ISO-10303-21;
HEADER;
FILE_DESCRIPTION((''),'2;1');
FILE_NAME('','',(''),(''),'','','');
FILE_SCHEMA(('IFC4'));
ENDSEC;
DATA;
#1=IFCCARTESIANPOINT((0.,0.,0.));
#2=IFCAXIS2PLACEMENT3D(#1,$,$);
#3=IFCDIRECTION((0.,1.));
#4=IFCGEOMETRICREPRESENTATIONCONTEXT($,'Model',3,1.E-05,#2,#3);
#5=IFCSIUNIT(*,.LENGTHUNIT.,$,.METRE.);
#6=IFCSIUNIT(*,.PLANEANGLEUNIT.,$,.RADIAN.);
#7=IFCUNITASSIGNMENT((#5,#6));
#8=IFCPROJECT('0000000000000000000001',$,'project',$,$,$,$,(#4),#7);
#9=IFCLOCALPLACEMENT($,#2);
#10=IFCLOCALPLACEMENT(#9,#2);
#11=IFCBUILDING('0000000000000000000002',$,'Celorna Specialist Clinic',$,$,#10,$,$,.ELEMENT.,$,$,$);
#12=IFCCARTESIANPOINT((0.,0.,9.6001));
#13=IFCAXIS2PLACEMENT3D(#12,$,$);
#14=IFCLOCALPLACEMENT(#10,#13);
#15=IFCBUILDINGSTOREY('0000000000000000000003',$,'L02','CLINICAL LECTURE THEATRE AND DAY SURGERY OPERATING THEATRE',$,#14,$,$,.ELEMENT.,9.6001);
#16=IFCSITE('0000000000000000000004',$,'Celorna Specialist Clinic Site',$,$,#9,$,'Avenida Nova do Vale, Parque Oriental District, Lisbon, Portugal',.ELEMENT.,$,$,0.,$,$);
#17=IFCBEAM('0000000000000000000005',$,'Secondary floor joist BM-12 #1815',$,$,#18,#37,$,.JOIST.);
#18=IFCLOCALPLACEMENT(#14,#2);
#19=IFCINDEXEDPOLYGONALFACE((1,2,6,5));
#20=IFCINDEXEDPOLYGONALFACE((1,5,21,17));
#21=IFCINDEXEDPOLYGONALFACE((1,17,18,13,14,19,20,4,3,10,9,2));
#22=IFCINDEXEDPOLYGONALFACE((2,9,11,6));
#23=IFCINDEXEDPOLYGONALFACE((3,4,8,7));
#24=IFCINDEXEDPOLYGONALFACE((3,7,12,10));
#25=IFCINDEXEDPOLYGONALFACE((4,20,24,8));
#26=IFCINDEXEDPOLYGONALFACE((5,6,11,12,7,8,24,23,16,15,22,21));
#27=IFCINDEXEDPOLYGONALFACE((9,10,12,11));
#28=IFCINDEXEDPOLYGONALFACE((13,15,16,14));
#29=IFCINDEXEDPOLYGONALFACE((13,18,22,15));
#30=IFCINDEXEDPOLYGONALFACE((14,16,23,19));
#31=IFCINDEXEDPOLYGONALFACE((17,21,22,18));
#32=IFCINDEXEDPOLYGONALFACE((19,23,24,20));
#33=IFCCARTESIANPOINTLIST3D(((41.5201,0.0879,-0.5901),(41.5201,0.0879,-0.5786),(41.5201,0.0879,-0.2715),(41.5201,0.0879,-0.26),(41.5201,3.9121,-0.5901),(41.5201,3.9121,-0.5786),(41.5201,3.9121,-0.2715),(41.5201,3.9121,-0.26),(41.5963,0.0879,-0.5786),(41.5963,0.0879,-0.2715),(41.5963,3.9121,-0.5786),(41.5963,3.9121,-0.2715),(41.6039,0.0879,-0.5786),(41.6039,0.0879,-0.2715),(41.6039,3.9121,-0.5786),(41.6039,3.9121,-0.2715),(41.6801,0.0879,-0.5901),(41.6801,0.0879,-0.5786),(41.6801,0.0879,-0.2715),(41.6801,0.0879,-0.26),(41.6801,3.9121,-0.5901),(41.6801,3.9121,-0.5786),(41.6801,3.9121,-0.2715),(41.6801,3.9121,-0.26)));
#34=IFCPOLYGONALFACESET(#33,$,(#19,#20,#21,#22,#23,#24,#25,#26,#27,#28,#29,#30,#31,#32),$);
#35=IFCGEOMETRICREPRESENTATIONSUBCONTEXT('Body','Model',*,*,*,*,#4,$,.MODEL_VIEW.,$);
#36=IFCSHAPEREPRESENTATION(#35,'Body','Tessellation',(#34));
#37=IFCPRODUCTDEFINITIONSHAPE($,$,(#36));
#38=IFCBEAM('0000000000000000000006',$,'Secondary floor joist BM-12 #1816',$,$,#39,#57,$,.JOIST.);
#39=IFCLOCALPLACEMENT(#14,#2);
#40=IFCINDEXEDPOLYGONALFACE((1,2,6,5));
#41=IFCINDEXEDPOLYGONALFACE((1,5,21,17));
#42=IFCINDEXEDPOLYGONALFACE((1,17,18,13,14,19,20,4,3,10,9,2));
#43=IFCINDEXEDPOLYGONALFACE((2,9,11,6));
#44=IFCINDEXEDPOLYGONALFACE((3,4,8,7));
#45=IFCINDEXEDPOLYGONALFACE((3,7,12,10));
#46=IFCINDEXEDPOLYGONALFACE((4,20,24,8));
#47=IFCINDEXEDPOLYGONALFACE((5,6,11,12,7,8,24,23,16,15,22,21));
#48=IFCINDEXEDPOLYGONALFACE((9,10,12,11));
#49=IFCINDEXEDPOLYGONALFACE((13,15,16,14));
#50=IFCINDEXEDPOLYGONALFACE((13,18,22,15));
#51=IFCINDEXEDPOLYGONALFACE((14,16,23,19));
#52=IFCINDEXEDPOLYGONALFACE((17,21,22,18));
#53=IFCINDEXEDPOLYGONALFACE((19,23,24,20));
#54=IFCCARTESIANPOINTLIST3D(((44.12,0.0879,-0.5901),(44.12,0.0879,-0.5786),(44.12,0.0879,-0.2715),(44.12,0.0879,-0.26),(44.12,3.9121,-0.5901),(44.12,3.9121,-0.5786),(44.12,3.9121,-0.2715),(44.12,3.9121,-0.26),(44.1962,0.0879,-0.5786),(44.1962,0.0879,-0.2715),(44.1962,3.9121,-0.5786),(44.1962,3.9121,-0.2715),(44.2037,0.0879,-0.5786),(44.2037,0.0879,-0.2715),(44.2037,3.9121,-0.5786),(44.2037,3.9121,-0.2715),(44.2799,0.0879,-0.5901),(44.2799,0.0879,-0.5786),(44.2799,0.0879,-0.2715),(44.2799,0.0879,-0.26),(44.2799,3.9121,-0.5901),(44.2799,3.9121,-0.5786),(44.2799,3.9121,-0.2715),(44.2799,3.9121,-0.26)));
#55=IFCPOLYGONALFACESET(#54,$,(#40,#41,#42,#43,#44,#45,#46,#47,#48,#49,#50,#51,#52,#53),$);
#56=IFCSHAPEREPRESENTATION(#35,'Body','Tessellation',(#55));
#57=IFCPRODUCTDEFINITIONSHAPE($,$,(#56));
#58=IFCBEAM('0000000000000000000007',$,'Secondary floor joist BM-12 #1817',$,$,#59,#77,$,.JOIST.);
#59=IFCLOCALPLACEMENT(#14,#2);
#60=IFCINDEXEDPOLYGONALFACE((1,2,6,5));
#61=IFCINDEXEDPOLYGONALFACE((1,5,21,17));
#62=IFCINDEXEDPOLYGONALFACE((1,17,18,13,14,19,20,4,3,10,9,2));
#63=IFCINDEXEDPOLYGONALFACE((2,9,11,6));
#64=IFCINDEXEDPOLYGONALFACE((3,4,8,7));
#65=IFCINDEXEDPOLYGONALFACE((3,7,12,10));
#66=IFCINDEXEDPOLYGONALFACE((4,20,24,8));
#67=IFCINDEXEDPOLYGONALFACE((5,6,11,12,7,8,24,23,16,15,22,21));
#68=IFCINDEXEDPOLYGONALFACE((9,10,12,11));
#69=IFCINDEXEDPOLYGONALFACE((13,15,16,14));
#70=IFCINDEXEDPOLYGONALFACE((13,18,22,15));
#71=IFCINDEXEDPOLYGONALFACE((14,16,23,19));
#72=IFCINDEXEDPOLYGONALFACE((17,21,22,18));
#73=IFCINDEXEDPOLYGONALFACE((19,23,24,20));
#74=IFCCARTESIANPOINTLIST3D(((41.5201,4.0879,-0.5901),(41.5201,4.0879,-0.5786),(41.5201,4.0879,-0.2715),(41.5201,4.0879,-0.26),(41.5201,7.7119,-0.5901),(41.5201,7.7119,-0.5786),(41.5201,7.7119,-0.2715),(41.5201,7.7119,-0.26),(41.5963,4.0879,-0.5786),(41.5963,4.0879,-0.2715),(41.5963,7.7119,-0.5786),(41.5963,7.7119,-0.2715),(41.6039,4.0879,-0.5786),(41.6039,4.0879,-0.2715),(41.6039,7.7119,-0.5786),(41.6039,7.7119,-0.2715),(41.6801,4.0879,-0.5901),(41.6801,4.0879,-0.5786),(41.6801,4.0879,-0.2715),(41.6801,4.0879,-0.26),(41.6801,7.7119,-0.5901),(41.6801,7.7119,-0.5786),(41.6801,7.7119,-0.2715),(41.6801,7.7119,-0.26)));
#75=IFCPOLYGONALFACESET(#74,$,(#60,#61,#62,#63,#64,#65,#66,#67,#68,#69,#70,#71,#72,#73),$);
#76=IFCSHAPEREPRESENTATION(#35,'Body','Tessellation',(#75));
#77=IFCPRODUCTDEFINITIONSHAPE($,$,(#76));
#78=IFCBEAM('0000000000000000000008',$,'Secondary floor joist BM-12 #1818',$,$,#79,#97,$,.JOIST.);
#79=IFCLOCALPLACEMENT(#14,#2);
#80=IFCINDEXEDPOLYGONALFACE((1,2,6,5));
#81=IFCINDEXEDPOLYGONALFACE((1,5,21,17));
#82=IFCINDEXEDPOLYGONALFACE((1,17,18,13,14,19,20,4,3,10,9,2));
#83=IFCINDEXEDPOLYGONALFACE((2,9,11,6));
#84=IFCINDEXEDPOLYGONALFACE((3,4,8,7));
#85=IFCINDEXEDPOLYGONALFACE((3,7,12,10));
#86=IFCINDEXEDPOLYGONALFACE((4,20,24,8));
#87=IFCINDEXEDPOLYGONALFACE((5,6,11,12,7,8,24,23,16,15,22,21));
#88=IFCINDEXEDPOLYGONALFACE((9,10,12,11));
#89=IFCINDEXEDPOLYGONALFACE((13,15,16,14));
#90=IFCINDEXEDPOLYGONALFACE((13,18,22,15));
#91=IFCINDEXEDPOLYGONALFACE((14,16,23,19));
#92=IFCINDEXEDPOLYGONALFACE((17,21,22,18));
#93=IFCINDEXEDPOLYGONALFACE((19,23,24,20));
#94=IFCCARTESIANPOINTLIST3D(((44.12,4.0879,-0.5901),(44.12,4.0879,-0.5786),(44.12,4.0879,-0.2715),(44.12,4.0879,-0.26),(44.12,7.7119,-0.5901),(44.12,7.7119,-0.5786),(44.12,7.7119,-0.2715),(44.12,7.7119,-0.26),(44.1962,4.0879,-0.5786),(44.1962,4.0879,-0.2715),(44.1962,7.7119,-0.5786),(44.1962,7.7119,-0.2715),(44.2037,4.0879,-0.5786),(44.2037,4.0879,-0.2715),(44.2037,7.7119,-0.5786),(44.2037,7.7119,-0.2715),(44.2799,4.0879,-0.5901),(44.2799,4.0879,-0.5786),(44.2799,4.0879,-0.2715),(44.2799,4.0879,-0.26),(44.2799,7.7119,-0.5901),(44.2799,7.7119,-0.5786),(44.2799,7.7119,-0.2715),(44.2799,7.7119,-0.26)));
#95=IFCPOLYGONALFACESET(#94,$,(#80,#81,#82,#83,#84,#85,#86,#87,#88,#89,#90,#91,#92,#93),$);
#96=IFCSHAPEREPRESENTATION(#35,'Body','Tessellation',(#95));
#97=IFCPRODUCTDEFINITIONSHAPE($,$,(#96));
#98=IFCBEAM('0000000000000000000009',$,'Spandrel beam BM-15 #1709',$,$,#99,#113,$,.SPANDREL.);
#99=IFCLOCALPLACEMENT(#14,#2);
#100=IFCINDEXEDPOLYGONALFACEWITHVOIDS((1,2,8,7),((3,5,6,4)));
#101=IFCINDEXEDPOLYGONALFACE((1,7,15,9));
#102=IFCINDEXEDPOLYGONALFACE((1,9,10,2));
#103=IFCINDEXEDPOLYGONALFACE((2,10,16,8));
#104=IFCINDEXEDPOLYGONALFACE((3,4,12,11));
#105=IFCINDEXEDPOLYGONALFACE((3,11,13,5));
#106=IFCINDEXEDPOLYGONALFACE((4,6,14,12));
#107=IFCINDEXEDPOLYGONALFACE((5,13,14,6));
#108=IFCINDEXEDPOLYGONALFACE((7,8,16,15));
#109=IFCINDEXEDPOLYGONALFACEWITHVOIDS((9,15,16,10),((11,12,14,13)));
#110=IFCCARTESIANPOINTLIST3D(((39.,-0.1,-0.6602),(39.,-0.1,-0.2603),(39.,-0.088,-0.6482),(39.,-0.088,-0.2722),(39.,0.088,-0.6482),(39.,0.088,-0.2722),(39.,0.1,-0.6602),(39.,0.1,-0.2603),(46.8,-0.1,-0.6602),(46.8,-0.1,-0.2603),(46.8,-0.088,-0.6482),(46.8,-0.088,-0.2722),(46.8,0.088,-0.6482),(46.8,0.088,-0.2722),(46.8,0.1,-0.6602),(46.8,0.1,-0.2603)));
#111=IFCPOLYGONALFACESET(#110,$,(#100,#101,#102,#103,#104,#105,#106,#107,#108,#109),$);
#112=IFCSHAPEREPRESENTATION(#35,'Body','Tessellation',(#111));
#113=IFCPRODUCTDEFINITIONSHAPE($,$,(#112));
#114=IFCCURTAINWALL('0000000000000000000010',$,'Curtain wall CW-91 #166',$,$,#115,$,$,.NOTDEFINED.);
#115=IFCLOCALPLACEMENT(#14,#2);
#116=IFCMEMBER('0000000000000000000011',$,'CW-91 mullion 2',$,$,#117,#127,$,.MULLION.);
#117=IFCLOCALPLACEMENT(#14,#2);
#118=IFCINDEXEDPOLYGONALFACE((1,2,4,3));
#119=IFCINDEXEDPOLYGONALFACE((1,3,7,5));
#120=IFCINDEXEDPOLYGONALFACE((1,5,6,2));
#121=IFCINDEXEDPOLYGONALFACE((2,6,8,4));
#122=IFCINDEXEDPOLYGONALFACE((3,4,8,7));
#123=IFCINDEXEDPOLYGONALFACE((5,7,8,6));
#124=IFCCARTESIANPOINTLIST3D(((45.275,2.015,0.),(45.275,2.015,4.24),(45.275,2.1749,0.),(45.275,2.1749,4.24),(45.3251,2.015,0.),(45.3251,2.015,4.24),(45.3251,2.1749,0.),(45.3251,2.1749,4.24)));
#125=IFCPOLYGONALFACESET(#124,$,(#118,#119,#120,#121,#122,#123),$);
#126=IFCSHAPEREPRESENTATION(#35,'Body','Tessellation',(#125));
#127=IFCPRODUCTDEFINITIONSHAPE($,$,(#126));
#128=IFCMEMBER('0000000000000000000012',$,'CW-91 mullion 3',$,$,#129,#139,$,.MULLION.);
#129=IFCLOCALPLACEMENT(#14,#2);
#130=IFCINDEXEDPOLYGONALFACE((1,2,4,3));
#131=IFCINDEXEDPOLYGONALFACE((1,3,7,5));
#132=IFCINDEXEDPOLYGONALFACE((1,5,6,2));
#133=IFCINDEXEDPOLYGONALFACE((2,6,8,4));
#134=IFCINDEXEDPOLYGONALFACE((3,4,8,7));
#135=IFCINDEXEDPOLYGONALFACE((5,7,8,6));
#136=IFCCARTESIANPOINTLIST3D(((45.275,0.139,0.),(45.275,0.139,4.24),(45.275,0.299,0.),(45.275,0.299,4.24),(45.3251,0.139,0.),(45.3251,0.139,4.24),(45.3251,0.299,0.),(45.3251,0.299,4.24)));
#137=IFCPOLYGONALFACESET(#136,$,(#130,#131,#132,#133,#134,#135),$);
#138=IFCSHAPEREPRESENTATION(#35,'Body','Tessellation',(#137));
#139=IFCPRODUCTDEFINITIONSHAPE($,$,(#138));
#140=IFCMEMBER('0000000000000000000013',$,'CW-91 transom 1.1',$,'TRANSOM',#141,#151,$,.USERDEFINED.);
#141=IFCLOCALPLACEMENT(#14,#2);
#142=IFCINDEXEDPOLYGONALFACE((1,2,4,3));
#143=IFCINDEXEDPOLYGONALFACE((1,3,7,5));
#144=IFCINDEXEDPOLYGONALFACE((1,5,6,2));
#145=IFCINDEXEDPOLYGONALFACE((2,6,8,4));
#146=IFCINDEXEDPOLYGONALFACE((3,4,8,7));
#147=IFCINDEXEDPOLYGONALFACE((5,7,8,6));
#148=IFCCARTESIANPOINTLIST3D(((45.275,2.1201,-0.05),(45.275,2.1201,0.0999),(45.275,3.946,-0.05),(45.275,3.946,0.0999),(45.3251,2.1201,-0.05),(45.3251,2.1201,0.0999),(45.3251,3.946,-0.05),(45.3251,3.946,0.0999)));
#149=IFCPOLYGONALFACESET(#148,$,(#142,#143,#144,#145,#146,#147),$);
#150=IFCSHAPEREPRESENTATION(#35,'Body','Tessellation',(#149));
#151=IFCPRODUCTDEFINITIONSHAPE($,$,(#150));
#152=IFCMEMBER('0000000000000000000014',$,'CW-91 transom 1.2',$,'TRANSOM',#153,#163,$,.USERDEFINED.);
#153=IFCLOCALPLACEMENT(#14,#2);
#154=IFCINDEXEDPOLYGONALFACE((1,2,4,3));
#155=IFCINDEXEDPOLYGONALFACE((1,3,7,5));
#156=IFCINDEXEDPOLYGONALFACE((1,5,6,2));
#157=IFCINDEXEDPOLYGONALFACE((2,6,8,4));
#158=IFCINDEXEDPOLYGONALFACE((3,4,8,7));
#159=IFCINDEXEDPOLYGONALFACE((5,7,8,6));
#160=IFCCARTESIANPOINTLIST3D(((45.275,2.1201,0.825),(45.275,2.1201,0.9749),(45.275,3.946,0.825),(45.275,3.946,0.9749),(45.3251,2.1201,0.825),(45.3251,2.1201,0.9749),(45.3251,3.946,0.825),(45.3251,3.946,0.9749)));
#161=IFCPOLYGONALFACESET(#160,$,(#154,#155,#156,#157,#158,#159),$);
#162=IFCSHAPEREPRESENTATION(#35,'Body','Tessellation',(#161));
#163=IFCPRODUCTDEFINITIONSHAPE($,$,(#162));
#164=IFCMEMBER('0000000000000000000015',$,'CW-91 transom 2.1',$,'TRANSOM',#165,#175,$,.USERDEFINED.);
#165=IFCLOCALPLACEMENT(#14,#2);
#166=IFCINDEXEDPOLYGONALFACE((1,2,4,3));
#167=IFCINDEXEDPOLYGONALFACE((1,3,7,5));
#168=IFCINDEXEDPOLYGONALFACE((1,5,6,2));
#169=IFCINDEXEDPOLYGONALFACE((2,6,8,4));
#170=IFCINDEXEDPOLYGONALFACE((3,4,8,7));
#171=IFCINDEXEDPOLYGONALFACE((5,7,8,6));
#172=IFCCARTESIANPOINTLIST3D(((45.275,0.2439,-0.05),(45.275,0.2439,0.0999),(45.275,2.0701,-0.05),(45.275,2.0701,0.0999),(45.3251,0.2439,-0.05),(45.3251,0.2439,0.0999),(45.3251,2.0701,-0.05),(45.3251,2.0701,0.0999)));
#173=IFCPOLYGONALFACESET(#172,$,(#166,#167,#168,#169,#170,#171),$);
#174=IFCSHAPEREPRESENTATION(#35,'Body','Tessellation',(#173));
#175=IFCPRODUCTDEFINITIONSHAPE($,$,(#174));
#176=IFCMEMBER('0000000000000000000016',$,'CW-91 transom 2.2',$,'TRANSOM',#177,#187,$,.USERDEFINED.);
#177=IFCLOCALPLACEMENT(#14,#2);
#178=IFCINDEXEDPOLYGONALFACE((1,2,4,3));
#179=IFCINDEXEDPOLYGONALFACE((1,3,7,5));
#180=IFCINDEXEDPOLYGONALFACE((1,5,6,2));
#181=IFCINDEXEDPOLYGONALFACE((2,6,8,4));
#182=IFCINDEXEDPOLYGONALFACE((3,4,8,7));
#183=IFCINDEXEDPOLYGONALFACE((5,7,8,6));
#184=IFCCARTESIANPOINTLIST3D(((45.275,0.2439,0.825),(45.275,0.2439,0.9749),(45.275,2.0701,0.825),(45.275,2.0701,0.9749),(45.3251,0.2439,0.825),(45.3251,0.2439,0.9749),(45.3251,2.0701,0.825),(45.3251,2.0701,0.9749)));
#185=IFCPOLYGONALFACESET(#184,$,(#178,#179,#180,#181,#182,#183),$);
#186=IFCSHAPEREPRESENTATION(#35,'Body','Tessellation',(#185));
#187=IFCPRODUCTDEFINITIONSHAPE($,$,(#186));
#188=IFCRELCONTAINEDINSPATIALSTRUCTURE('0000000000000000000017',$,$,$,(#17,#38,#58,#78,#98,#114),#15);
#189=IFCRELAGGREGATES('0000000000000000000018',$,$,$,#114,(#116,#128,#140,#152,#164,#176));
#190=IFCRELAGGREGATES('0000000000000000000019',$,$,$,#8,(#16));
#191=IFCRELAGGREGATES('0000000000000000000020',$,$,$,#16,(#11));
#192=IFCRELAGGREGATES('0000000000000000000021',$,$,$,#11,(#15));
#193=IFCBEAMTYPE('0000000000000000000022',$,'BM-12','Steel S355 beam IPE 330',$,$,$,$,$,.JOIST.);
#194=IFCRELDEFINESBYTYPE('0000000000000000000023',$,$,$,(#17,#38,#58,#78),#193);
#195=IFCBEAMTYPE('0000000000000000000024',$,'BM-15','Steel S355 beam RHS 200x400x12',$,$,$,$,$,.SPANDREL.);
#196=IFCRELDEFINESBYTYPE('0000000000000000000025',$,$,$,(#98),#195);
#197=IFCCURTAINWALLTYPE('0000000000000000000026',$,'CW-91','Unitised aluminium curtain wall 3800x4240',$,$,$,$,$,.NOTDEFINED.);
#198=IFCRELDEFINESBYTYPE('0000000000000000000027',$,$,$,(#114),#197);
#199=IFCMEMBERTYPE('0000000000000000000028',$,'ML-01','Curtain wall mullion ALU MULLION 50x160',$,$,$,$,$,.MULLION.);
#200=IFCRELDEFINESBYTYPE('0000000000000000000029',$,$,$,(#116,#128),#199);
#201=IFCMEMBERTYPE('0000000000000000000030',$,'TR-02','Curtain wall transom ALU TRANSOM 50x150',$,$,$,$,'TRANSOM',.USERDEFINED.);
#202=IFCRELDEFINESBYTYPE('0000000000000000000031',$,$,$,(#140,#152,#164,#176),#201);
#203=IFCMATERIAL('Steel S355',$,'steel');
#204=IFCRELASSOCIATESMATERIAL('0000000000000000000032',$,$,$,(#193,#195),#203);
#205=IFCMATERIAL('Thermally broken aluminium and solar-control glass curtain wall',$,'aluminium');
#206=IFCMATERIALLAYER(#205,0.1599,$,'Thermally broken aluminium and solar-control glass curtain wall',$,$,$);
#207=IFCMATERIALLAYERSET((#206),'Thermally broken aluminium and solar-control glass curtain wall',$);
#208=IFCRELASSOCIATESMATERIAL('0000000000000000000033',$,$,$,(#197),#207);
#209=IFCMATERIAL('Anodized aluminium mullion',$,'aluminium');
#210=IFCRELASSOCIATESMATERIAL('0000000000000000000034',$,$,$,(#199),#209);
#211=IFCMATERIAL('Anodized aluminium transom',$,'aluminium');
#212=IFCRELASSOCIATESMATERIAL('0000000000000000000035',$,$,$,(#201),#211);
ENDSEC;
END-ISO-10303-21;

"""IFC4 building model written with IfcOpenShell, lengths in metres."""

from ifc_helpers import new_model, si_unit, direction, frame, origin, origin_2d, place, context, subcontext, project, spatial, rectangle, hollow_rectangle, i_section, extrude, material, layer, layer_set, material_profile, profile_set, type_object, element, aggregate, save


model = new_model("IFC4")

# Units and contexts
model_context = context("Model", 3, precision=1e-05, world=origin(), true_north=direction((0.0, 1.0)))
body_context = subcontext(model_context, "Body", "Model", "MODEL_VIEW")
ifc_project = project(units=[si_unit("LENGTHUNIT", "METRE"), si_unit("PLANEANGLEUNIT", "RADIAN")], contexts=[model_context])

# Site, building, storey
site_placement = place(None, origin())
site = spatial("IfcSite", under=ifc_project, at=site_placement, Name="Celorna Specialist Clinic Site", LongName="Avenida Nova do Vale, Parque Oriental District, Lisbon, Portugal", CompositionType="ELEMENT", RefElevation=0.0)
building_placement = place(site_placement, origin())
building = spatial("IfcBuilding", under=site, at=building_placement, Name="Celorna Specialist Clinic", CompositionType="ELEMENT")
storey_placement = place(building_placement, frame((0.0, 0.0, 9.6001)))
storey = spatial("IfcBuildingStorey", under=building, at=storey_placement, Name="L02", Description="CLINICAL LECTURE THEATRE AND DAY SURGERY OPERATING THEATRE", CompositionType="ELEMENT", Elevation=9.6001)

# Beams
ifc_material_1 = material(Name="Steel S355", Category="steel")
ifc_material_profile_1 = material_profile(ifc_material_1, i_section(OverallWidth=0.1599, OverallDepth=0.3301, WebThickness=0.0076, FlangeThickness=0.0115, at=origin_2d()), Name="IPE 330")
ifc_profile_set_1 = profile_set([ifc_material_profile_1], Name="Steel S355")
beam_type_1 = type_object("IfcBeamType", Name="BM-12", Description="Steel S355 beam IPE 330", PredefinedType="JOIST", material=ifc_profile_set_1)
for number, where, z_axis, x_axis, name in (
    (1, (41.6001, 0.0879, -0.425), (0.0, 1.0, 0.0), (-1.0, 0.0, 0.0), "Secondary floor joist BM-12 #1815"),
    (2, (44.2, 0.0879, -0.425), (0.0, 1.0, 0.0), (-1.0, 0.0, 0.0), "Secondary floor joist BM-12 #1816"),
):
    element("IfcBeam", number, at=place(storey_placement, frame(where, z_axis=z_axis, x_axis=x_axis)), inside=storey, type_object=beam_type_1, Name=name, PredefinedType="JOIST", context=body_context, shape_type="SweptSolid", body=[
        extrude(i_section(OverallWidth=0.1599, OverallDepth=0.3301, WebThickness=0.0076, FlangeThickness=0.0115, at=origin_2d()), origin(), (0.0, 0.0, 1.0), 3.8242),
    ])
for number, where, z_axis, x_axis, name in (
    (3, (41.6001, 4.0879, -0.425), (0.0, 1.0, 0.0), (-1.0, 0.0, 0.0), "Secondary floor joist BM-12 #1817"),
    (4, (44.2, 4.0879, -0.425), (0.0, 1.0, 0.0), (-1.0, 0.0, 0.0), "Secondary floor joist BM-12 #1818"),
):
    element("IfcBeam", number, at=place(storey_placement, frame(where, z_axis=z_axis, x_axis=x_axis)), inside=storey, type_object=beam_type_1, Name=name, PredefinedType="JOIST", context=body_context, shape_type="SweptSolid", body=[
        extrude(i_section(OverallWidth=0.1599, OverallDepth=0.3301, WebThickness=0.0076, FlangeThickness=0.0115, at=origin_2d()), origin(), (0.0, 0.0, 1.0), 3.624),
    ])
ifc_material_profile_2 = material_profile(ifc_material_1, hollow_rectangle(XDim=0.2, YDim=0.3999, WallThickness=0.012, at=origin_2d()), Name="RHS 200x400x12")
ifc_profile_set_2 = profile_set([ifc_material_profile_2], Name="Steel S355")
beam_type_2 = type_object("IfcBeamType", Name="BM-15", Description="Steel S355 beam RHS 200x400x12", PredefinedType="SPANDREL", material=ifc_profile_set_2)
beam_1_placement = place(storey_placement, frame((39.0, 0.0, -0.4602), z_axis=(1.0, 0.0, 0.0), x_axis=(0.0, 1.0, 0.0)))
element("IfcBeam", 5, at=beam_1_placement, inside=storey, type_object=beam_type_2, Name="Spandrel beam BM-15 #1709", PredefinedType="SPANDREL", context=body_context, shape_type="SweptSolid", body=[
    extrude(hollow_rectangle(XDim=0.2, YDim=0.3999, WallThickness=0.012, at=origin_2d()), origin(), (0.0, 0.0, 1.0), 7.8),
])

# Curtain wall, members
ifc_material_2 = material(Name="Thermally broken aluminium and solar-control glass curtain wall", Category="aluminium")
ifc_layer_1 = layer(ifc_material_2, 0.1599, Name="Thermally broken aluminium and solar-control glass curtain wall")
ifc_layer_set_1 = layer_set([ifc_layer_1], Name="Thermally broken aluminium and solar-control glass curtain wall")
curtain_wall_type = type_object("IfcCurtainWallType", Name="CW-91", Description="Unitised aluminium curtain wall 3800x4240", PredefinedType="NOTDEFINED", material=ifc_layer_set_1)
curtain_wall_placement = place(storey_placement, origin())
curtain_wall = element("IfcCurtainWall", 6, at=curtain_wall_placement, inside=storey, type_object=curtain_wall_type, Name="Curtain wall CW-91 #166", PredefinedType="NOTDEFINED")
ifc_material_3 = material(Name="Anodized aluminium mullion", Category="aluminium")
ifc_material_profile_3 = material_profile(ifc_material_3, rectangle(XDim=0.05, YDim=0.1599, at=origin_2d()), Name="ALU MULLION 50x160")
ifc_profile_set_3 = profile_set([ifc_material_profile_3], Name="Anodized aluminium mullion")
member_type_1 = type_object("IfcMemberType", Name="ML-01", Description="Curtain wall mullion ALU MULLION 50x160", PredefinedType="MULLION", material=ifc_profile_set_3)
member_1_placement = place(storey_placement, frame((45.3, 2.095, 0.0), z_axis=(0.0, 0.0, 1.0), x_axis=(1.0, 0.0, 0.0)))
member_1 = element("IfcMember", 7, at=member_1_placement, type_object=member_type_1, Name="CW-91 mullion 2", PredefinedType="MULLION", context=body_context, shape_type="SweptSolid", body=[
    extrude(rectangle(XDim=0.05, YDim=0.1599, at=origin_2d()), origin(), (0.0, 0.0, 1.0), 4.24),
])
member_2_placement = place(storey_placement, frame((45.3, 0.219, 0.0), z_axis=(0.0, 0.0, 1.0), x_axis=(1.0, 0.0, 0.0)))
member_2 = element("IfcMember", 8, at=member_2_placement, type_object=member_type_1, Name="CW-91 mullion 3", PredefinedType="MULLION", context=body_context, shape_type="SweptSolid", body=[
    extrude(rectangle(XDim=0.05, YDim=0.1599, at=origin_2d()), origin(), (0.0, 0.0, 1.0), 4.24),
])
ifc_material_4 = material(Name="Anodized aluminium transom", Category="aluminium")
ifc_material_profile_4 = material_profile(ifc_material_4, rectangle(XDim=0.05, YDim=0.1499, at=origin_2d()), Name="ALU TRANSOM 50x150")
ifc_profile_set_4 = profile_set([ifc_material_profile_4], Name="Anodized aluminium transom")
member_type_2 = type_object("IfcMemberType", Name="TR-02", Description="Curtain wall transom ALU TRANSOM 50x150", ElementType="TRANSOM", PredefinedType="USERDEFINED", material=ifc_profile_set_4)
member_3_placement = place(storey_placement, frame((45.3, 3.946, 0.0249), z_axis=(0.0, -1.0, 0.0), x_axis=(1.0, 0.0, 0.0)))
member_3 = element("IfcMember", 9, at=member_3_placement, type_object=member_type_2, Name="CW-91 transom 1.1", ObjectType="TRANSOM", PredefinedType="USERDEFINED", context=body_context, shape_type="SweptSolid", body=[
    extrude(rectangle(XDim=0.05, YDim=0.1499, at=origin_2d()), origin(), (0.0, 0.0, 1.0), 1.8259),
])
member_4_placement = place(storey_placement, frame((45.3, 3.946, 0.8999), z_axis=(0.0, -1.0, 0.0), x_axis=(1.0, 0.0, 0.0)))
member_4 = element("IfcMember", 10, at=member_4_placement, type_object=member_type_2, Name="CW-91 transom 1.2", ObjectType="TRANSOM", PredefinedType="USERDEFINED", context=body_context, shape_type="SweptSolid", body=[
    extrude(rectangle(XDim=0.05, YDim=0.1499, at=origin_2d()), origin(), (0.0, 0.0, 1.0), 1.8259),
])
member_5_placement = place(storey_placement, frame((45.3, 2.0701, 0.0249), z_axis=(0.0, -1.0, 0.0), x_axis=(1.0, 0.0, 0.0)))
member_5 = element("IfcMember", 11, at=member_5_placement, type_object=member_type_2, Name="CW-91 transom 2.1", ObjectType="TRANSOM", PredefinedType="USERDEFINED", context=body_context, shape_type="SweptSolid", body=[
    extrude(rectangle(XDim=0.05, YDim=0.1499, at=origin_2d()), origin(), (0.0, 0.0, 1.0), 1.8262),
])
member_6_placement = place(storey_placement, frame((45.3, 2.0701, 0.8999), z_axis=(0.0, -1.0, 0.0), x_axis=(1.0, 0.0, 0.0)))
member_6 = element("IfcMember", 12, at=member_6_placement, type_object=member_type_2, Name="CW-91 transom 2.2", ObjectType="TRANSOM", PredefinedType="USERDEFINED", context=body_context, shape_type="SweptSolid", body=[
    extrude(rectangle(XDim=0.05, YDim=0.1499, at=origin_2d()), origin(), (0.0, 0.0, 1.0), 1.8262),
])
aggregate(curtain_wall, [member_1, member_2, member_3, member_4, member_5, member_6])

save(model, "model.ifc")
